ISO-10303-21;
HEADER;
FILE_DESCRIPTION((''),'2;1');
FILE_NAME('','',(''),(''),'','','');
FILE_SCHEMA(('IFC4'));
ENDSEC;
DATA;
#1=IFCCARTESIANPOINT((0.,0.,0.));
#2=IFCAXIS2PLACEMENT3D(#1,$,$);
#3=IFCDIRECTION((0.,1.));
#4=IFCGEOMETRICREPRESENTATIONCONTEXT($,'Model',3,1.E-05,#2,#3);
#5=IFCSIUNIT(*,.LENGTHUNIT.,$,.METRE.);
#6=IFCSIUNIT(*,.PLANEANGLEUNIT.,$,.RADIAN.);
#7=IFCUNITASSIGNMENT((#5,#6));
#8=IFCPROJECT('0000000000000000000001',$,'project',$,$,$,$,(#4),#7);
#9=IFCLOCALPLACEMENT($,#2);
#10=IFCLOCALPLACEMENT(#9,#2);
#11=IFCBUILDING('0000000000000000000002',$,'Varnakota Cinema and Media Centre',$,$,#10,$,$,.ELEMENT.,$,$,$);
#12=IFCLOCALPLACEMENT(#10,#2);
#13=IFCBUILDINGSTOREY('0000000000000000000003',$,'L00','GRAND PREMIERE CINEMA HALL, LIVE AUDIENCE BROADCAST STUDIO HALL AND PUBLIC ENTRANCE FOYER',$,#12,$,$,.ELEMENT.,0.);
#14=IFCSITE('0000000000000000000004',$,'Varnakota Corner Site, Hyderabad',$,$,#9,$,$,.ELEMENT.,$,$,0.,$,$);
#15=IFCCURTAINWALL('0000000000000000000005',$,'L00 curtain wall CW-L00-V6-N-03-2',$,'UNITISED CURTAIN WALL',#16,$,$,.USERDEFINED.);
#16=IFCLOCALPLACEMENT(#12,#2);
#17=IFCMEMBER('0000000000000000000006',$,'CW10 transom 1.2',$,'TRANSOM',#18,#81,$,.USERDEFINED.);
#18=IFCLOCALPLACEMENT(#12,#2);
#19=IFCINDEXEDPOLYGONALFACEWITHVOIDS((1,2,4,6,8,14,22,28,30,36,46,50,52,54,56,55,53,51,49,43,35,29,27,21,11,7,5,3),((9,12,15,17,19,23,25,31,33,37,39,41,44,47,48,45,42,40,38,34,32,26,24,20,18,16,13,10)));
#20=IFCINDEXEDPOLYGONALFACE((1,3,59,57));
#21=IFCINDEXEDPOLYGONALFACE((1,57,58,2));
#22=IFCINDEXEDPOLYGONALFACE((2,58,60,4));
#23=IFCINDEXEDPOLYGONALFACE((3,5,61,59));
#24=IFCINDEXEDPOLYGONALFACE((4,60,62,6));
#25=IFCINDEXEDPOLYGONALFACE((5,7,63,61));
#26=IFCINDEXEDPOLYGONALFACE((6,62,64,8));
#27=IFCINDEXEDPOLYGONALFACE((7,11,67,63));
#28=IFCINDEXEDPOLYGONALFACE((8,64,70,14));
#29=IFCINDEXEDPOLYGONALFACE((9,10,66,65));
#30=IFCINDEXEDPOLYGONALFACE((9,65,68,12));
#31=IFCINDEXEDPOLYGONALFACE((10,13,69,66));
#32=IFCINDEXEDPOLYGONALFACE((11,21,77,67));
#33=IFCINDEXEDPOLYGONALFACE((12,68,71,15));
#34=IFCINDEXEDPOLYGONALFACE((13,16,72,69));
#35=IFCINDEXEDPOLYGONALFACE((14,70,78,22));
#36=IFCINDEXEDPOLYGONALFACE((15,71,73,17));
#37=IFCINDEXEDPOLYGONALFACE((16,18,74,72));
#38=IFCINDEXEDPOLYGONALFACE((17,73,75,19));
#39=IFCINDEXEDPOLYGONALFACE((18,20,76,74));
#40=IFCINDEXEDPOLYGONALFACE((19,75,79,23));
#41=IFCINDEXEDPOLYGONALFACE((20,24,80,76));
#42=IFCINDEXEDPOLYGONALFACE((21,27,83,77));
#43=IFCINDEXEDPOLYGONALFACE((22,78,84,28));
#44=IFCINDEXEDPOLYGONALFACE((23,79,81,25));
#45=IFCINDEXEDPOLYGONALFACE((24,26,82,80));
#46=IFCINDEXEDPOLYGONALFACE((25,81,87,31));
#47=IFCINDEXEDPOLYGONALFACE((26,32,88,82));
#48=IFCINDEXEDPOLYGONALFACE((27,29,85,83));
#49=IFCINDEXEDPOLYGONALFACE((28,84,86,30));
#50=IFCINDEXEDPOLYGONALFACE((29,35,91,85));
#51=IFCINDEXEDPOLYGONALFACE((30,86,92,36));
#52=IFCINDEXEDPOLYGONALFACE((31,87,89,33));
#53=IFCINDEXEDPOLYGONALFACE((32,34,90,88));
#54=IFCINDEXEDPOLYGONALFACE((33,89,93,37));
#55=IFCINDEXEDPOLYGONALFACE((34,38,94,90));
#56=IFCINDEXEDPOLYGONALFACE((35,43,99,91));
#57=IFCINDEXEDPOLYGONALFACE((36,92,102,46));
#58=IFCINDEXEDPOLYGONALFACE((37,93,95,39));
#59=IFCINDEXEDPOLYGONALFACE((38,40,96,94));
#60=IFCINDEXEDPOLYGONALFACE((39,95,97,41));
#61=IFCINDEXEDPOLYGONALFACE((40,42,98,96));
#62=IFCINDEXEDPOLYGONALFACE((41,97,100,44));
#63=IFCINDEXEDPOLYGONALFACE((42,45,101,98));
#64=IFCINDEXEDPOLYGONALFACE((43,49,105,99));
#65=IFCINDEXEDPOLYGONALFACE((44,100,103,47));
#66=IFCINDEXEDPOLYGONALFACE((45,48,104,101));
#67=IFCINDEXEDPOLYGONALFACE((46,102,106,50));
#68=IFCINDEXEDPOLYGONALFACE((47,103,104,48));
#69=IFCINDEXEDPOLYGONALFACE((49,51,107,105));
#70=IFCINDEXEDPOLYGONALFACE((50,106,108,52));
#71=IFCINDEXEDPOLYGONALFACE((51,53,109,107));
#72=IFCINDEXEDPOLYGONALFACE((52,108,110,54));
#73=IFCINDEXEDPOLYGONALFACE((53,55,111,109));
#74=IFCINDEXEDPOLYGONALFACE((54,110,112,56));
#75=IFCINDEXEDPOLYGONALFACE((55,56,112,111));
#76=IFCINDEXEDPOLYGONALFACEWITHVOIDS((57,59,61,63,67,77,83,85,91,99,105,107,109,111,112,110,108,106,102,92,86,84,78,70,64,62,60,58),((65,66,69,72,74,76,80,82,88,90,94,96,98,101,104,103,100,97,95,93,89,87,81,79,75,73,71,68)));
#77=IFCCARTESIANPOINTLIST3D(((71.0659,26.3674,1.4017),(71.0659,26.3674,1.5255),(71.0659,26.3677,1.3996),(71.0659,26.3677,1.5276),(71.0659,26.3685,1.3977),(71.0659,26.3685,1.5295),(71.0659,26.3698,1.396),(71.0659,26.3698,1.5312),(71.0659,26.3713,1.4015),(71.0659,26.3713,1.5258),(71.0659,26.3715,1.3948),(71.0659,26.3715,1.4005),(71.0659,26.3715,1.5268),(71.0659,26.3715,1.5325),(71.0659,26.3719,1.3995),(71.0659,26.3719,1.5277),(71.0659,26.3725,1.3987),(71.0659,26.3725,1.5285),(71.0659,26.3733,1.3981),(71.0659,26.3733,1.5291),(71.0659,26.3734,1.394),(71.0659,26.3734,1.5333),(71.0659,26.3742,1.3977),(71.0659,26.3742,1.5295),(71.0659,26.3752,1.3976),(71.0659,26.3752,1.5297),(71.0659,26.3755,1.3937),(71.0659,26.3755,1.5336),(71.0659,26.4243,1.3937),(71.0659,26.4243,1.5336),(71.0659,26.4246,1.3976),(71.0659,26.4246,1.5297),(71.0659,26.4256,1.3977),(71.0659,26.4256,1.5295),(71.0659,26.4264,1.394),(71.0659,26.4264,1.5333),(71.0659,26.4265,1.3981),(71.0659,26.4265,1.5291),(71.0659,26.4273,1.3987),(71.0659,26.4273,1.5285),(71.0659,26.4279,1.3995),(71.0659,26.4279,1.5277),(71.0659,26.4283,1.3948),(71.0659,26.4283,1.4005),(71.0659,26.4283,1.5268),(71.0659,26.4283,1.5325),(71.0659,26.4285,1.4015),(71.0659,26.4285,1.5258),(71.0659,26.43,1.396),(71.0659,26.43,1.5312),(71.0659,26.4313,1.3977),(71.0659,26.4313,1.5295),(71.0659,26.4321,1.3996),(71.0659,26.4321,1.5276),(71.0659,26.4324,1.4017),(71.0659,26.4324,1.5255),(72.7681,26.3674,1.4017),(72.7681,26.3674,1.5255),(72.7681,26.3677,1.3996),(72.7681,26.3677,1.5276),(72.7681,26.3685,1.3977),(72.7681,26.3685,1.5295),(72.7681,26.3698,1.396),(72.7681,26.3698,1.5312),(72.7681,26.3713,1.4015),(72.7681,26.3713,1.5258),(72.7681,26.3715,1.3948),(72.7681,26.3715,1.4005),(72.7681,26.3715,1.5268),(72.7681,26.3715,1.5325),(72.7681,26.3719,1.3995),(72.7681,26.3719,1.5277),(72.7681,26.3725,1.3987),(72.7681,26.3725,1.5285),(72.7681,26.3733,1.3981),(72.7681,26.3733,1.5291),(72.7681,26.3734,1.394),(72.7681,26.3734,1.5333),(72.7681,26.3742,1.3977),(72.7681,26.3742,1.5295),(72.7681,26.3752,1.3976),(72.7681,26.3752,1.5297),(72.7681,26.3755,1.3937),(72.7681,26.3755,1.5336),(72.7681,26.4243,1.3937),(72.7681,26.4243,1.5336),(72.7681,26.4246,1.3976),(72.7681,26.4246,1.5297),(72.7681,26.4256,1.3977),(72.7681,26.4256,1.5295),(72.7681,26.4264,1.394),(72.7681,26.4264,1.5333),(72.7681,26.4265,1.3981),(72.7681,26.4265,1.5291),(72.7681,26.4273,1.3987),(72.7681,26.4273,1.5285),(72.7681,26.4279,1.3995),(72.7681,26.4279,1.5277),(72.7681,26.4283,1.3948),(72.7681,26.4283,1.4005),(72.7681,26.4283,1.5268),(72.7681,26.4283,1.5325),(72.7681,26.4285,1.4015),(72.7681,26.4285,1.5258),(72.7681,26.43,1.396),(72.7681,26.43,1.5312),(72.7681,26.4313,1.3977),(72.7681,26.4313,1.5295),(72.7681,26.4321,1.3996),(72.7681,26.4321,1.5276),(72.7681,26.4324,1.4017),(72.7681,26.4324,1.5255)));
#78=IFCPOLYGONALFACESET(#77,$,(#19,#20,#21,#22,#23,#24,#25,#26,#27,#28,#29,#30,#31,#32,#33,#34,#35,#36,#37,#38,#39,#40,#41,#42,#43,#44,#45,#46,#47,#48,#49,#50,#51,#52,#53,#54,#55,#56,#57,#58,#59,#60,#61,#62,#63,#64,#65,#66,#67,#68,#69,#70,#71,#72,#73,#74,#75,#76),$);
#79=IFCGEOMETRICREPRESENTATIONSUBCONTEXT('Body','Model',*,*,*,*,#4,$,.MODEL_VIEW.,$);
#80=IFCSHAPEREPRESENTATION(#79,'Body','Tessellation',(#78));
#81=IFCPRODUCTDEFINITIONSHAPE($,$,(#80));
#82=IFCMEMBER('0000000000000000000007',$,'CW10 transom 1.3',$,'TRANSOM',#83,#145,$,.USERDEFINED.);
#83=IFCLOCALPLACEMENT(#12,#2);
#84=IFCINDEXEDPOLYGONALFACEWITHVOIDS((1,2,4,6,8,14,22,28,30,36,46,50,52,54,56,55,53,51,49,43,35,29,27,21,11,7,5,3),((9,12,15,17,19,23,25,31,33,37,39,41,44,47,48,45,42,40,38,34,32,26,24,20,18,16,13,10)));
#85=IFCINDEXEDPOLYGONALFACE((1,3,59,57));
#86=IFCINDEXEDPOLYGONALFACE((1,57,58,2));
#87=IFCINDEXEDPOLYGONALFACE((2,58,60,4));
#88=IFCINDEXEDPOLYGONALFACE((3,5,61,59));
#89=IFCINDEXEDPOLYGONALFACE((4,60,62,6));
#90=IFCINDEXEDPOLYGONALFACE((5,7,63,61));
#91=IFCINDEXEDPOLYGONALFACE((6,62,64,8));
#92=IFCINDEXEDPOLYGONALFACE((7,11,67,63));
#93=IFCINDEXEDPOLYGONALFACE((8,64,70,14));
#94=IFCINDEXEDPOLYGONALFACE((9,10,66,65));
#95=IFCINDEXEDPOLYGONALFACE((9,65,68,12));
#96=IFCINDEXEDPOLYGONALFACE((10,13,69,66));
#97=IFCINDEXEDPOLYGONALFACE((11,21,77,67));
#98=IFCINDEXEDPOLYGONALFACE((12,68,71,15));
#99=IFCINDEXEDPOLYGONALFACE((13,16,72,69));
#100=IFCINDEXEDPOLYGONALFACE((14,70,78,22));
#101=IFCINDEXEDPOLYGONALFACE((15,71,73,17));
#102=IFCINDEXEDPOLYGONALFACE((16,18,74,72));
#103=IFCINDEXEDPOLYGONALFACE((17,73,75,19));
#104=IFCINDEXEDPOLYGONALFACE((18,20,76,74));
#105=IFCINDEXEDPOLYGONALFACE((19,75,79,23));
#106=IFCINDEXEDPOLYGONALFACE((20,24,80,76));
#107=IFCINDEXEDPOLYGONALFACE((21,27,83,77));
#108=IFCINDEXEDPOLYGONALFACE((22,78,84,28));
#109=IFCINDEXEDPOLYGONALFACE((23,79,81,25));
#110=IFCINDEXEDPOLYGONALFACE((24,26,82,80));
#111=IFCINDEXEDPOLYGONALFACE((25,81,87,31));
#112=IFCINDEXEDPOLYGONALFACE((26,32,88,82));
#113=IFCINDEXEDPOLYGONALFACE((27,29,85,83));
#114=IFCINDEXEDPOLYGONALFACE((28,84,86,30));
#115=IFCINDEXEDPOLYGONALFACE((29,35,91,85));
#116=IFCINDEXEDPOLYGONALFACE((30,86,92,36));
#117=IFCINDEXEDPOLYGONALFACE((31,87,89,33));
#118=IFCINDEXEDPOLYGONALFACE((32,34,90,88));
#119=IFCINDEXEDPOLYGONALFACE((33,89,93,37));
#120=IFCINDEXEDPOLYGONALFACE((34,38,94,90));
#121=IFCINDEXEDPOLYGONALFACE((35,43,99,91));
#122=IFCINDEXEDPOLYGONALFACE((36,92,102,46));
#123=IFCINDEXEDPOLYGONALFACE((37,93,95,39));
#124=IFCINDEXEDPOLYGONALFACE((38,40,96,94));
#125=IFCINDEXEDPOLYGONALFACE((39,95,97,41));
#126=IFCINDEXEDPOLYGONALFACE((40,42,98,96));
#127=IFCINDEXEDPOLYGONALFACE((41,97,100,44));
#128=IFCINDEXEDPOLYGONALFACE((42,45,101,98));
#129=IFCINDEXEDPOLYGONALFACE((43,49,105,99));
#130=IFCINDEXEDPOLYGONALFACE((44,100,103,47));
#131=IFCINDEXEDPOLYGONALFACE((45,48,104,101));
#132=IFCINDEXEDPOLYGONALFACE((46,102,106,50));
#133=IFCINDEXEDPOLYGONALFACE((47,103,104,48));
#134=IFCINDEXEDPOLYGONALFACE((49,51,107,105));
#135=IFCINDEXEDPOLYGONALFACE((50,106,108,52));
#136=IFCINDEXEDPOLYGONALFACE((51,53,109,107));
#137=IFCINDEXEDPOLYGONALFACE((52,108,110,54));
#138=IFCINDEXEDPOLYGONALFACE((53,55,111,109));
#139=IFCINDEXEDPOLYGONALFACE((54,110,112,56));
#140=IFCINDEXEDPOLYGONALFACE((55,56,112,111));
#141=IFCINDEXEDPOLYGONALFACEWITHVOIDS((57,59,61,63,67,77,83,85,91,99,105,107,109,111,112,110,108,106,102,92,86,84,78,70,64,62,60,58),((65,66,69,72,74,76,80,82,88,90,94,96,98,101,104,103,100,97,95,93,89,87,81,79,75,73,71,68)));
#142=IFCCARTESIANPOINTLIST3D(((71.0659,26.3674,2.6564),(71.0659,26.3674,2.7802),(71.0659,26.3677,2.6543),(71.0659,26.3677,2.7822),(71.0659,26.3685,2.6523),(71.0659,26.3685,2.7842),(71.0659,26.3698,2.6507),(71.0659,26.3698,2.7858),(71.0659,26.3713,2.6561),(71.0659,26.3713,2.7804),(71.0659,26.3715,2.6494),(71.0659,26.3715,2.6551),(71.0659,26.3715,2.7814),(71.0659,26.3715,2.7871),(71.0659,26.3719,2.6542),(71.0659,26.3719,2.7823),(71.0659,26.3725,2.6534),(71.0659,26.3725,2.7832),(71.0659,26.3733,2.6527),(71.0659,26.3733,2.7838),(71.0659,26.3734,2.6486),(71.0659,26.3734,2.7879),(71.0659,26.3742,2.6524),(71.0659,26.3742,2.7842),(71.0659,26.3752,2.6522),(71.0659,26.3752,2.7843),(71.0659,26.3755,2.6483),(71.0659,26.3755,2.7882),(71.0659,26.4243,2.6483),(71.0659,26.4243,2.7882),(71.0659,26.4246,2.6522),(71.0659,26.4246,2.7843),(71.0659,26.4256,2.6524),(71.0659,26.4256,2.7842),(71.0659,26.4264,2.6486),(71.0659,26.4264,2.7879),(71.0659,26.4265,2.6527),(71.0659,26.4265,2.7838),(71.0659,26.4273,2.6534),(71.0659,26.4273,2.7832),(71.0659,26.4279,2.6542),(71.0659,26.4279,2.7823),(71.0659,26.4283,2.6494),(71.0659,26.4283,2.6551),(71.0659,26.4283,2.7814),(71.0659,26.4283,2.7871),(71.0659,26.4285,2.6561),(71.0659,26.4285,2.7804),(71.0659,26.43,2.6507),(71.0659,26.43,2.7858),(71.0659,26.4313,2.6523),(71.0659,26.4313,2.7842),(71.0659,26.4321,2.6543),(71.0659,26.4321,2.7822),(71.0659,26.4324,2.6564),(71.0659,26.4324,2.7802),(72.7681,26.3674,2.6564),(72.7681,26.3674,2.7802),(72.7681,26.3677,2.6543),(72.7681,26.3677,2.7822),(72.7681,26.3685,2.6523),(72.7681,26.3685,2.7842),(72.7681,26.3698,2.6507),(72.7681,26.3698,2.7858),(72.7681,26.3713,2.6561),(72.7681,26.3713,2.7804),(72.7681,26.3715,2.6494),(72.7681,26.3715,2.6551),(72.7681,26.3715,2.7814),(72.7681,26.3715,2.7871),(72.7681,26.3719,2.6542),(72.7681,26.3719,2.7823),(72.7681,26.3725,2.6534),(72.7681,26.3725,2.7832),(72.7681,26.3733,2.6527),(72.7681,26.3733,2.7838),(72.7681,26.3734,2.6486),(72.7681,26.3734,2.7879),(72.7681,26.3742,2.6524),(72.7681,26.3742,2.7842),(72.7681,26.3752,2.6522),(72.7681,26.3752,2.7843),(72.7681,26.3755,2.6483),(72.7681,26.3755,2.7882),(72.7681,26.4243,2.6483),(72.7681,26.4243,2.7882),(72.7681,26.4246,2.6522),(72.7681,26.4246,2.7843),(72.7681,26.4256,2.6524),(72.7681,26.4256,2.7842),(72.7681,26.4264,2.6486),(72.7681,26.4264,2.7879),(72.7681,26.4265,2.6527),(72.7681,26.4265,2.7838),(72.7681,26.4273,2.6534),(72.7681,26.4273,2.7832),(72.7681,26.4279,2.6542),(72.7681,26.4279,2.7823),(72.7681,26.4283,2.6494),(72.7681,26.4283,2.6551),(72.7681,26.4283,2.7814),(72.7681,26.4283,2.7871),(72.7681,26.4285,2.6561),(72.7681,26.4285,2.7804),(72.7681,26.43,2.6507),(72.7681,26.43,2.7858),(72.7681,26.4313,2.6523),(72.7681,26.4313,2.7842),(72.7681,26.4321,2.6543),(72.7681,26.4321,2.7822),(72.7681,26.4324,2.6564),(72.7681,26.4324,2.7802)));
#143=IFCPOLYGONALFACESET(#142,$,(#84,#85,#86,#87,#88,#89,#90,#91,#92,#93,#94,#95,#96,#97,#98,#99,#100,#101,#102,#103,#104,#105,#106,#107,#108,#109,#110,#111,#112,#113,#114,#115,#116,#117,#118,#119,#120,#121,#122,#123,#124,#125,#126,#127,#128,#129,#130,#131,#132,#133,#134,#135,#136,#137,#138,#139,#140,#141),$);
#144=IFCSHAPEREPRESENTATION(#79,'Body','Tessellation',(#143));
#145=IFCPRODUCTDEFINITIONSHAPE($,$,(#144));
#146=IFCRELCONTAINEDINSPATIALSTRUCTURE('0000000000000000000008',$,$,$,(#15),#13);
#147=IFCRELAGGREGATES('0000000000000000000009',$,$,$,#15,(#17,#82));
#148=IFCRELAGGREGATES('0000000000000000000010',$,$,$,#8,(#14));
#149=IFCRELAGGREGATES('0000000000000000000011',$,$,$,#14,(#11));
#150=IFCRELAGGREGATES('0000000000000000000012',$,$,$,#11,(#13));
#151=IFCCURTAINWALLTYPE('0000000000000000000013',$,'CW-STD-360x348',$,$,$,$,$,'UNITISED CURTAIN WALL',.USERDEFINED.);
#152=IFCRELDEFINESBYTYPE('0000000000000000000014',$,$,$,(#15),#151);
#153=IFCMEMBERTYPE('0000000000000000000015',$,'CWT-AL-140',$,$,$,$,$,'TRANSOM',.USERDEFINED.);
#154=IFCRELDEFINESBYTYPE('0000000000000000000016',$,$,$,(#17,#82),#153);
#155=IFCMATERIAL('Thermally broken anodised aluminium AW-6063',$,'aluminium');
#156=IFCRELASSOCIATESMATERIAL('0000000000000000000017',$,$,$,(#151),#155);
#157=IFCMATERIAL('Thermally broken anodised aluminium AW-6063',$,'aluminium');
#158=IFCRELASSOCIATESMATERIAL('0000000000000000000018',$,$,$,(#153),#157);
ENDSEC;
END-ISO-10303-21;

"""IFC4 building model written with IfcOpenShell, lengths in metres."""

from ifc_helpers import new_model, si_unit, direction, frame, origin, origin_2d, place, context, subcontext, project, spatial, hollow_rectangle, extrude, material, material_profile, profile_set, type_object, element, aggregate, save


model = new_model("IFC4")

# Units and contexts
model_context = context("Model", 3, precision=1e-05, world=origin(), true_north=direction((0.0, 1.0)))
body_context = subcontext(model_context, "Body", "Model", "MODEL_VIEW")
ifc_project = project(units=[si_unit("LENGTHUNIT", "METRE"), si_unit("PLANEANGLEUNIT", "RADIAN")], contexts=[model_context])

# Site, building, storey
site_placement = place(None, origin())
site = spatial("IfcSite", under=ifc_project, at=site_placement, Name="Varnakota Corner Site, Hyderabad", CompositionType="ELEMENT", RefElevation=0.0)
building_placement = place(site_placement, origin())
building = spatial("IfcBuilding", under=site, at=building_placement, Name="Varnakota Cinema and Media Centre", CompositionType="ELEMENT")
storey_placement = place(building_placement, origin())
storey = spatial("IfcBuildingStorey", under=building, at=storey_placement, Name="L00", Description="GRAND PREMIERE CINEMA HALL, LIVE AUDIENCE BROADCAST STUDIO HALL AND PUBLIC ENTRANCE FOYER", CompositionType="ELEMENT", Elevation=0.0)

# Curtain wall, members
ifc_material_1 = material(Name="Thermally broken anodised aluminium AW-6063", Category="aluminium")
curtain_wall_type_1 = type_object("IfcCurtainWallType", Name="CW-STD-360x348", ElementType="UNITISED CURTAIN WALL", PredefinedType="USERDEFINED", material=ifc_material_1)
curtain_wall_1_placement = place(storey_placement, origin())
curtain_wall_1 = element("IfcCurtainWall", 1, at=curtain_wall_1_placement, inside=storey, type_object=curtain_wall_type_1, Name="L00 curtain wall CW-L00-V6-N-03-2", ObjectType="UNITISED CURTAIN WALL", PredefinedType="USERDEFINED")
ifc_material_2 = material(Name="Thermally broken anodised aluminium AW-6063", Category="aluminium")
ifc_material_profile_1 = material_profile(ifc_material_2, hollow_rectangle(XDim=0.0649, YDim=0.1399, WallThickness=0.0039, InnerFilletRadius=0.0039, OuterFilletRadius=0.0081, at=origin_2d()), Name="AL-TRANSOM 140x65x4")
ifc_profile_set_1 = profile_set([ifc_material_profile_1], Name="Thermally broken anodised aluminium AW-6063")
member_type_1 = type_object("IfcMemberType", Name="CWT-AL-140", ElementType="TRANSOM", PredefinedType="USERDEFINED", material=ifc_profile_set_1)
member_1_placement = place(storey_placement, frame((71.0659, 26.3999, 1.4636), z_axis=(1.0, 0.0, 0.0), x_axis=(0.0, 1.0, 0.0)))
member_1 = element("IfcMember", 2, at=member_1_placement, type_object=member_type_1, Name="CW10 transom 1.2", ObjectType="TRANSOM", PredefinedType="USERDEFINED", context=body_context, shape_type="SweptSolid", body=[
    extrude(hollow_rectangle(XDim=0.0649, YDim=0.1399, WallThickness=0.0039, InnerFilletRadius=0.0039, OuterFilletRadius=0.0081, at=origin_2d()), origin(), (0.0, 0.0, 1.0), 1.7021),
])
member_2_placement = place(storey_placement, frame((71.0659, 26.3999, 2.7183), z_axis=(1.0, 0.0, 0.0), x_axis=(0.0, 1.0, 0.0)))
member_2 = element("IfcMember", 3, at=member_2_placement, type_object=member_type_1, Name="CW10 transom 1.3", ObjectType="TRANSOM", PredefinedType="USERDEFINED", context=body_context, shape_type="SweptSolid", body=[
    extrude(hollow_rectangle(XDim=0.0649, YDim=0.1399, WallThickness=0.0039, InnerFilletRadius=0.0039, OuterFilletRadius=0.0081, at=origin_2d()), origin(), (0.0, 0.0, 1.0), 1.7021),
])

aggregate(curtain_wall_1, [member_1, member_2])

save(model, "model.ifc")
